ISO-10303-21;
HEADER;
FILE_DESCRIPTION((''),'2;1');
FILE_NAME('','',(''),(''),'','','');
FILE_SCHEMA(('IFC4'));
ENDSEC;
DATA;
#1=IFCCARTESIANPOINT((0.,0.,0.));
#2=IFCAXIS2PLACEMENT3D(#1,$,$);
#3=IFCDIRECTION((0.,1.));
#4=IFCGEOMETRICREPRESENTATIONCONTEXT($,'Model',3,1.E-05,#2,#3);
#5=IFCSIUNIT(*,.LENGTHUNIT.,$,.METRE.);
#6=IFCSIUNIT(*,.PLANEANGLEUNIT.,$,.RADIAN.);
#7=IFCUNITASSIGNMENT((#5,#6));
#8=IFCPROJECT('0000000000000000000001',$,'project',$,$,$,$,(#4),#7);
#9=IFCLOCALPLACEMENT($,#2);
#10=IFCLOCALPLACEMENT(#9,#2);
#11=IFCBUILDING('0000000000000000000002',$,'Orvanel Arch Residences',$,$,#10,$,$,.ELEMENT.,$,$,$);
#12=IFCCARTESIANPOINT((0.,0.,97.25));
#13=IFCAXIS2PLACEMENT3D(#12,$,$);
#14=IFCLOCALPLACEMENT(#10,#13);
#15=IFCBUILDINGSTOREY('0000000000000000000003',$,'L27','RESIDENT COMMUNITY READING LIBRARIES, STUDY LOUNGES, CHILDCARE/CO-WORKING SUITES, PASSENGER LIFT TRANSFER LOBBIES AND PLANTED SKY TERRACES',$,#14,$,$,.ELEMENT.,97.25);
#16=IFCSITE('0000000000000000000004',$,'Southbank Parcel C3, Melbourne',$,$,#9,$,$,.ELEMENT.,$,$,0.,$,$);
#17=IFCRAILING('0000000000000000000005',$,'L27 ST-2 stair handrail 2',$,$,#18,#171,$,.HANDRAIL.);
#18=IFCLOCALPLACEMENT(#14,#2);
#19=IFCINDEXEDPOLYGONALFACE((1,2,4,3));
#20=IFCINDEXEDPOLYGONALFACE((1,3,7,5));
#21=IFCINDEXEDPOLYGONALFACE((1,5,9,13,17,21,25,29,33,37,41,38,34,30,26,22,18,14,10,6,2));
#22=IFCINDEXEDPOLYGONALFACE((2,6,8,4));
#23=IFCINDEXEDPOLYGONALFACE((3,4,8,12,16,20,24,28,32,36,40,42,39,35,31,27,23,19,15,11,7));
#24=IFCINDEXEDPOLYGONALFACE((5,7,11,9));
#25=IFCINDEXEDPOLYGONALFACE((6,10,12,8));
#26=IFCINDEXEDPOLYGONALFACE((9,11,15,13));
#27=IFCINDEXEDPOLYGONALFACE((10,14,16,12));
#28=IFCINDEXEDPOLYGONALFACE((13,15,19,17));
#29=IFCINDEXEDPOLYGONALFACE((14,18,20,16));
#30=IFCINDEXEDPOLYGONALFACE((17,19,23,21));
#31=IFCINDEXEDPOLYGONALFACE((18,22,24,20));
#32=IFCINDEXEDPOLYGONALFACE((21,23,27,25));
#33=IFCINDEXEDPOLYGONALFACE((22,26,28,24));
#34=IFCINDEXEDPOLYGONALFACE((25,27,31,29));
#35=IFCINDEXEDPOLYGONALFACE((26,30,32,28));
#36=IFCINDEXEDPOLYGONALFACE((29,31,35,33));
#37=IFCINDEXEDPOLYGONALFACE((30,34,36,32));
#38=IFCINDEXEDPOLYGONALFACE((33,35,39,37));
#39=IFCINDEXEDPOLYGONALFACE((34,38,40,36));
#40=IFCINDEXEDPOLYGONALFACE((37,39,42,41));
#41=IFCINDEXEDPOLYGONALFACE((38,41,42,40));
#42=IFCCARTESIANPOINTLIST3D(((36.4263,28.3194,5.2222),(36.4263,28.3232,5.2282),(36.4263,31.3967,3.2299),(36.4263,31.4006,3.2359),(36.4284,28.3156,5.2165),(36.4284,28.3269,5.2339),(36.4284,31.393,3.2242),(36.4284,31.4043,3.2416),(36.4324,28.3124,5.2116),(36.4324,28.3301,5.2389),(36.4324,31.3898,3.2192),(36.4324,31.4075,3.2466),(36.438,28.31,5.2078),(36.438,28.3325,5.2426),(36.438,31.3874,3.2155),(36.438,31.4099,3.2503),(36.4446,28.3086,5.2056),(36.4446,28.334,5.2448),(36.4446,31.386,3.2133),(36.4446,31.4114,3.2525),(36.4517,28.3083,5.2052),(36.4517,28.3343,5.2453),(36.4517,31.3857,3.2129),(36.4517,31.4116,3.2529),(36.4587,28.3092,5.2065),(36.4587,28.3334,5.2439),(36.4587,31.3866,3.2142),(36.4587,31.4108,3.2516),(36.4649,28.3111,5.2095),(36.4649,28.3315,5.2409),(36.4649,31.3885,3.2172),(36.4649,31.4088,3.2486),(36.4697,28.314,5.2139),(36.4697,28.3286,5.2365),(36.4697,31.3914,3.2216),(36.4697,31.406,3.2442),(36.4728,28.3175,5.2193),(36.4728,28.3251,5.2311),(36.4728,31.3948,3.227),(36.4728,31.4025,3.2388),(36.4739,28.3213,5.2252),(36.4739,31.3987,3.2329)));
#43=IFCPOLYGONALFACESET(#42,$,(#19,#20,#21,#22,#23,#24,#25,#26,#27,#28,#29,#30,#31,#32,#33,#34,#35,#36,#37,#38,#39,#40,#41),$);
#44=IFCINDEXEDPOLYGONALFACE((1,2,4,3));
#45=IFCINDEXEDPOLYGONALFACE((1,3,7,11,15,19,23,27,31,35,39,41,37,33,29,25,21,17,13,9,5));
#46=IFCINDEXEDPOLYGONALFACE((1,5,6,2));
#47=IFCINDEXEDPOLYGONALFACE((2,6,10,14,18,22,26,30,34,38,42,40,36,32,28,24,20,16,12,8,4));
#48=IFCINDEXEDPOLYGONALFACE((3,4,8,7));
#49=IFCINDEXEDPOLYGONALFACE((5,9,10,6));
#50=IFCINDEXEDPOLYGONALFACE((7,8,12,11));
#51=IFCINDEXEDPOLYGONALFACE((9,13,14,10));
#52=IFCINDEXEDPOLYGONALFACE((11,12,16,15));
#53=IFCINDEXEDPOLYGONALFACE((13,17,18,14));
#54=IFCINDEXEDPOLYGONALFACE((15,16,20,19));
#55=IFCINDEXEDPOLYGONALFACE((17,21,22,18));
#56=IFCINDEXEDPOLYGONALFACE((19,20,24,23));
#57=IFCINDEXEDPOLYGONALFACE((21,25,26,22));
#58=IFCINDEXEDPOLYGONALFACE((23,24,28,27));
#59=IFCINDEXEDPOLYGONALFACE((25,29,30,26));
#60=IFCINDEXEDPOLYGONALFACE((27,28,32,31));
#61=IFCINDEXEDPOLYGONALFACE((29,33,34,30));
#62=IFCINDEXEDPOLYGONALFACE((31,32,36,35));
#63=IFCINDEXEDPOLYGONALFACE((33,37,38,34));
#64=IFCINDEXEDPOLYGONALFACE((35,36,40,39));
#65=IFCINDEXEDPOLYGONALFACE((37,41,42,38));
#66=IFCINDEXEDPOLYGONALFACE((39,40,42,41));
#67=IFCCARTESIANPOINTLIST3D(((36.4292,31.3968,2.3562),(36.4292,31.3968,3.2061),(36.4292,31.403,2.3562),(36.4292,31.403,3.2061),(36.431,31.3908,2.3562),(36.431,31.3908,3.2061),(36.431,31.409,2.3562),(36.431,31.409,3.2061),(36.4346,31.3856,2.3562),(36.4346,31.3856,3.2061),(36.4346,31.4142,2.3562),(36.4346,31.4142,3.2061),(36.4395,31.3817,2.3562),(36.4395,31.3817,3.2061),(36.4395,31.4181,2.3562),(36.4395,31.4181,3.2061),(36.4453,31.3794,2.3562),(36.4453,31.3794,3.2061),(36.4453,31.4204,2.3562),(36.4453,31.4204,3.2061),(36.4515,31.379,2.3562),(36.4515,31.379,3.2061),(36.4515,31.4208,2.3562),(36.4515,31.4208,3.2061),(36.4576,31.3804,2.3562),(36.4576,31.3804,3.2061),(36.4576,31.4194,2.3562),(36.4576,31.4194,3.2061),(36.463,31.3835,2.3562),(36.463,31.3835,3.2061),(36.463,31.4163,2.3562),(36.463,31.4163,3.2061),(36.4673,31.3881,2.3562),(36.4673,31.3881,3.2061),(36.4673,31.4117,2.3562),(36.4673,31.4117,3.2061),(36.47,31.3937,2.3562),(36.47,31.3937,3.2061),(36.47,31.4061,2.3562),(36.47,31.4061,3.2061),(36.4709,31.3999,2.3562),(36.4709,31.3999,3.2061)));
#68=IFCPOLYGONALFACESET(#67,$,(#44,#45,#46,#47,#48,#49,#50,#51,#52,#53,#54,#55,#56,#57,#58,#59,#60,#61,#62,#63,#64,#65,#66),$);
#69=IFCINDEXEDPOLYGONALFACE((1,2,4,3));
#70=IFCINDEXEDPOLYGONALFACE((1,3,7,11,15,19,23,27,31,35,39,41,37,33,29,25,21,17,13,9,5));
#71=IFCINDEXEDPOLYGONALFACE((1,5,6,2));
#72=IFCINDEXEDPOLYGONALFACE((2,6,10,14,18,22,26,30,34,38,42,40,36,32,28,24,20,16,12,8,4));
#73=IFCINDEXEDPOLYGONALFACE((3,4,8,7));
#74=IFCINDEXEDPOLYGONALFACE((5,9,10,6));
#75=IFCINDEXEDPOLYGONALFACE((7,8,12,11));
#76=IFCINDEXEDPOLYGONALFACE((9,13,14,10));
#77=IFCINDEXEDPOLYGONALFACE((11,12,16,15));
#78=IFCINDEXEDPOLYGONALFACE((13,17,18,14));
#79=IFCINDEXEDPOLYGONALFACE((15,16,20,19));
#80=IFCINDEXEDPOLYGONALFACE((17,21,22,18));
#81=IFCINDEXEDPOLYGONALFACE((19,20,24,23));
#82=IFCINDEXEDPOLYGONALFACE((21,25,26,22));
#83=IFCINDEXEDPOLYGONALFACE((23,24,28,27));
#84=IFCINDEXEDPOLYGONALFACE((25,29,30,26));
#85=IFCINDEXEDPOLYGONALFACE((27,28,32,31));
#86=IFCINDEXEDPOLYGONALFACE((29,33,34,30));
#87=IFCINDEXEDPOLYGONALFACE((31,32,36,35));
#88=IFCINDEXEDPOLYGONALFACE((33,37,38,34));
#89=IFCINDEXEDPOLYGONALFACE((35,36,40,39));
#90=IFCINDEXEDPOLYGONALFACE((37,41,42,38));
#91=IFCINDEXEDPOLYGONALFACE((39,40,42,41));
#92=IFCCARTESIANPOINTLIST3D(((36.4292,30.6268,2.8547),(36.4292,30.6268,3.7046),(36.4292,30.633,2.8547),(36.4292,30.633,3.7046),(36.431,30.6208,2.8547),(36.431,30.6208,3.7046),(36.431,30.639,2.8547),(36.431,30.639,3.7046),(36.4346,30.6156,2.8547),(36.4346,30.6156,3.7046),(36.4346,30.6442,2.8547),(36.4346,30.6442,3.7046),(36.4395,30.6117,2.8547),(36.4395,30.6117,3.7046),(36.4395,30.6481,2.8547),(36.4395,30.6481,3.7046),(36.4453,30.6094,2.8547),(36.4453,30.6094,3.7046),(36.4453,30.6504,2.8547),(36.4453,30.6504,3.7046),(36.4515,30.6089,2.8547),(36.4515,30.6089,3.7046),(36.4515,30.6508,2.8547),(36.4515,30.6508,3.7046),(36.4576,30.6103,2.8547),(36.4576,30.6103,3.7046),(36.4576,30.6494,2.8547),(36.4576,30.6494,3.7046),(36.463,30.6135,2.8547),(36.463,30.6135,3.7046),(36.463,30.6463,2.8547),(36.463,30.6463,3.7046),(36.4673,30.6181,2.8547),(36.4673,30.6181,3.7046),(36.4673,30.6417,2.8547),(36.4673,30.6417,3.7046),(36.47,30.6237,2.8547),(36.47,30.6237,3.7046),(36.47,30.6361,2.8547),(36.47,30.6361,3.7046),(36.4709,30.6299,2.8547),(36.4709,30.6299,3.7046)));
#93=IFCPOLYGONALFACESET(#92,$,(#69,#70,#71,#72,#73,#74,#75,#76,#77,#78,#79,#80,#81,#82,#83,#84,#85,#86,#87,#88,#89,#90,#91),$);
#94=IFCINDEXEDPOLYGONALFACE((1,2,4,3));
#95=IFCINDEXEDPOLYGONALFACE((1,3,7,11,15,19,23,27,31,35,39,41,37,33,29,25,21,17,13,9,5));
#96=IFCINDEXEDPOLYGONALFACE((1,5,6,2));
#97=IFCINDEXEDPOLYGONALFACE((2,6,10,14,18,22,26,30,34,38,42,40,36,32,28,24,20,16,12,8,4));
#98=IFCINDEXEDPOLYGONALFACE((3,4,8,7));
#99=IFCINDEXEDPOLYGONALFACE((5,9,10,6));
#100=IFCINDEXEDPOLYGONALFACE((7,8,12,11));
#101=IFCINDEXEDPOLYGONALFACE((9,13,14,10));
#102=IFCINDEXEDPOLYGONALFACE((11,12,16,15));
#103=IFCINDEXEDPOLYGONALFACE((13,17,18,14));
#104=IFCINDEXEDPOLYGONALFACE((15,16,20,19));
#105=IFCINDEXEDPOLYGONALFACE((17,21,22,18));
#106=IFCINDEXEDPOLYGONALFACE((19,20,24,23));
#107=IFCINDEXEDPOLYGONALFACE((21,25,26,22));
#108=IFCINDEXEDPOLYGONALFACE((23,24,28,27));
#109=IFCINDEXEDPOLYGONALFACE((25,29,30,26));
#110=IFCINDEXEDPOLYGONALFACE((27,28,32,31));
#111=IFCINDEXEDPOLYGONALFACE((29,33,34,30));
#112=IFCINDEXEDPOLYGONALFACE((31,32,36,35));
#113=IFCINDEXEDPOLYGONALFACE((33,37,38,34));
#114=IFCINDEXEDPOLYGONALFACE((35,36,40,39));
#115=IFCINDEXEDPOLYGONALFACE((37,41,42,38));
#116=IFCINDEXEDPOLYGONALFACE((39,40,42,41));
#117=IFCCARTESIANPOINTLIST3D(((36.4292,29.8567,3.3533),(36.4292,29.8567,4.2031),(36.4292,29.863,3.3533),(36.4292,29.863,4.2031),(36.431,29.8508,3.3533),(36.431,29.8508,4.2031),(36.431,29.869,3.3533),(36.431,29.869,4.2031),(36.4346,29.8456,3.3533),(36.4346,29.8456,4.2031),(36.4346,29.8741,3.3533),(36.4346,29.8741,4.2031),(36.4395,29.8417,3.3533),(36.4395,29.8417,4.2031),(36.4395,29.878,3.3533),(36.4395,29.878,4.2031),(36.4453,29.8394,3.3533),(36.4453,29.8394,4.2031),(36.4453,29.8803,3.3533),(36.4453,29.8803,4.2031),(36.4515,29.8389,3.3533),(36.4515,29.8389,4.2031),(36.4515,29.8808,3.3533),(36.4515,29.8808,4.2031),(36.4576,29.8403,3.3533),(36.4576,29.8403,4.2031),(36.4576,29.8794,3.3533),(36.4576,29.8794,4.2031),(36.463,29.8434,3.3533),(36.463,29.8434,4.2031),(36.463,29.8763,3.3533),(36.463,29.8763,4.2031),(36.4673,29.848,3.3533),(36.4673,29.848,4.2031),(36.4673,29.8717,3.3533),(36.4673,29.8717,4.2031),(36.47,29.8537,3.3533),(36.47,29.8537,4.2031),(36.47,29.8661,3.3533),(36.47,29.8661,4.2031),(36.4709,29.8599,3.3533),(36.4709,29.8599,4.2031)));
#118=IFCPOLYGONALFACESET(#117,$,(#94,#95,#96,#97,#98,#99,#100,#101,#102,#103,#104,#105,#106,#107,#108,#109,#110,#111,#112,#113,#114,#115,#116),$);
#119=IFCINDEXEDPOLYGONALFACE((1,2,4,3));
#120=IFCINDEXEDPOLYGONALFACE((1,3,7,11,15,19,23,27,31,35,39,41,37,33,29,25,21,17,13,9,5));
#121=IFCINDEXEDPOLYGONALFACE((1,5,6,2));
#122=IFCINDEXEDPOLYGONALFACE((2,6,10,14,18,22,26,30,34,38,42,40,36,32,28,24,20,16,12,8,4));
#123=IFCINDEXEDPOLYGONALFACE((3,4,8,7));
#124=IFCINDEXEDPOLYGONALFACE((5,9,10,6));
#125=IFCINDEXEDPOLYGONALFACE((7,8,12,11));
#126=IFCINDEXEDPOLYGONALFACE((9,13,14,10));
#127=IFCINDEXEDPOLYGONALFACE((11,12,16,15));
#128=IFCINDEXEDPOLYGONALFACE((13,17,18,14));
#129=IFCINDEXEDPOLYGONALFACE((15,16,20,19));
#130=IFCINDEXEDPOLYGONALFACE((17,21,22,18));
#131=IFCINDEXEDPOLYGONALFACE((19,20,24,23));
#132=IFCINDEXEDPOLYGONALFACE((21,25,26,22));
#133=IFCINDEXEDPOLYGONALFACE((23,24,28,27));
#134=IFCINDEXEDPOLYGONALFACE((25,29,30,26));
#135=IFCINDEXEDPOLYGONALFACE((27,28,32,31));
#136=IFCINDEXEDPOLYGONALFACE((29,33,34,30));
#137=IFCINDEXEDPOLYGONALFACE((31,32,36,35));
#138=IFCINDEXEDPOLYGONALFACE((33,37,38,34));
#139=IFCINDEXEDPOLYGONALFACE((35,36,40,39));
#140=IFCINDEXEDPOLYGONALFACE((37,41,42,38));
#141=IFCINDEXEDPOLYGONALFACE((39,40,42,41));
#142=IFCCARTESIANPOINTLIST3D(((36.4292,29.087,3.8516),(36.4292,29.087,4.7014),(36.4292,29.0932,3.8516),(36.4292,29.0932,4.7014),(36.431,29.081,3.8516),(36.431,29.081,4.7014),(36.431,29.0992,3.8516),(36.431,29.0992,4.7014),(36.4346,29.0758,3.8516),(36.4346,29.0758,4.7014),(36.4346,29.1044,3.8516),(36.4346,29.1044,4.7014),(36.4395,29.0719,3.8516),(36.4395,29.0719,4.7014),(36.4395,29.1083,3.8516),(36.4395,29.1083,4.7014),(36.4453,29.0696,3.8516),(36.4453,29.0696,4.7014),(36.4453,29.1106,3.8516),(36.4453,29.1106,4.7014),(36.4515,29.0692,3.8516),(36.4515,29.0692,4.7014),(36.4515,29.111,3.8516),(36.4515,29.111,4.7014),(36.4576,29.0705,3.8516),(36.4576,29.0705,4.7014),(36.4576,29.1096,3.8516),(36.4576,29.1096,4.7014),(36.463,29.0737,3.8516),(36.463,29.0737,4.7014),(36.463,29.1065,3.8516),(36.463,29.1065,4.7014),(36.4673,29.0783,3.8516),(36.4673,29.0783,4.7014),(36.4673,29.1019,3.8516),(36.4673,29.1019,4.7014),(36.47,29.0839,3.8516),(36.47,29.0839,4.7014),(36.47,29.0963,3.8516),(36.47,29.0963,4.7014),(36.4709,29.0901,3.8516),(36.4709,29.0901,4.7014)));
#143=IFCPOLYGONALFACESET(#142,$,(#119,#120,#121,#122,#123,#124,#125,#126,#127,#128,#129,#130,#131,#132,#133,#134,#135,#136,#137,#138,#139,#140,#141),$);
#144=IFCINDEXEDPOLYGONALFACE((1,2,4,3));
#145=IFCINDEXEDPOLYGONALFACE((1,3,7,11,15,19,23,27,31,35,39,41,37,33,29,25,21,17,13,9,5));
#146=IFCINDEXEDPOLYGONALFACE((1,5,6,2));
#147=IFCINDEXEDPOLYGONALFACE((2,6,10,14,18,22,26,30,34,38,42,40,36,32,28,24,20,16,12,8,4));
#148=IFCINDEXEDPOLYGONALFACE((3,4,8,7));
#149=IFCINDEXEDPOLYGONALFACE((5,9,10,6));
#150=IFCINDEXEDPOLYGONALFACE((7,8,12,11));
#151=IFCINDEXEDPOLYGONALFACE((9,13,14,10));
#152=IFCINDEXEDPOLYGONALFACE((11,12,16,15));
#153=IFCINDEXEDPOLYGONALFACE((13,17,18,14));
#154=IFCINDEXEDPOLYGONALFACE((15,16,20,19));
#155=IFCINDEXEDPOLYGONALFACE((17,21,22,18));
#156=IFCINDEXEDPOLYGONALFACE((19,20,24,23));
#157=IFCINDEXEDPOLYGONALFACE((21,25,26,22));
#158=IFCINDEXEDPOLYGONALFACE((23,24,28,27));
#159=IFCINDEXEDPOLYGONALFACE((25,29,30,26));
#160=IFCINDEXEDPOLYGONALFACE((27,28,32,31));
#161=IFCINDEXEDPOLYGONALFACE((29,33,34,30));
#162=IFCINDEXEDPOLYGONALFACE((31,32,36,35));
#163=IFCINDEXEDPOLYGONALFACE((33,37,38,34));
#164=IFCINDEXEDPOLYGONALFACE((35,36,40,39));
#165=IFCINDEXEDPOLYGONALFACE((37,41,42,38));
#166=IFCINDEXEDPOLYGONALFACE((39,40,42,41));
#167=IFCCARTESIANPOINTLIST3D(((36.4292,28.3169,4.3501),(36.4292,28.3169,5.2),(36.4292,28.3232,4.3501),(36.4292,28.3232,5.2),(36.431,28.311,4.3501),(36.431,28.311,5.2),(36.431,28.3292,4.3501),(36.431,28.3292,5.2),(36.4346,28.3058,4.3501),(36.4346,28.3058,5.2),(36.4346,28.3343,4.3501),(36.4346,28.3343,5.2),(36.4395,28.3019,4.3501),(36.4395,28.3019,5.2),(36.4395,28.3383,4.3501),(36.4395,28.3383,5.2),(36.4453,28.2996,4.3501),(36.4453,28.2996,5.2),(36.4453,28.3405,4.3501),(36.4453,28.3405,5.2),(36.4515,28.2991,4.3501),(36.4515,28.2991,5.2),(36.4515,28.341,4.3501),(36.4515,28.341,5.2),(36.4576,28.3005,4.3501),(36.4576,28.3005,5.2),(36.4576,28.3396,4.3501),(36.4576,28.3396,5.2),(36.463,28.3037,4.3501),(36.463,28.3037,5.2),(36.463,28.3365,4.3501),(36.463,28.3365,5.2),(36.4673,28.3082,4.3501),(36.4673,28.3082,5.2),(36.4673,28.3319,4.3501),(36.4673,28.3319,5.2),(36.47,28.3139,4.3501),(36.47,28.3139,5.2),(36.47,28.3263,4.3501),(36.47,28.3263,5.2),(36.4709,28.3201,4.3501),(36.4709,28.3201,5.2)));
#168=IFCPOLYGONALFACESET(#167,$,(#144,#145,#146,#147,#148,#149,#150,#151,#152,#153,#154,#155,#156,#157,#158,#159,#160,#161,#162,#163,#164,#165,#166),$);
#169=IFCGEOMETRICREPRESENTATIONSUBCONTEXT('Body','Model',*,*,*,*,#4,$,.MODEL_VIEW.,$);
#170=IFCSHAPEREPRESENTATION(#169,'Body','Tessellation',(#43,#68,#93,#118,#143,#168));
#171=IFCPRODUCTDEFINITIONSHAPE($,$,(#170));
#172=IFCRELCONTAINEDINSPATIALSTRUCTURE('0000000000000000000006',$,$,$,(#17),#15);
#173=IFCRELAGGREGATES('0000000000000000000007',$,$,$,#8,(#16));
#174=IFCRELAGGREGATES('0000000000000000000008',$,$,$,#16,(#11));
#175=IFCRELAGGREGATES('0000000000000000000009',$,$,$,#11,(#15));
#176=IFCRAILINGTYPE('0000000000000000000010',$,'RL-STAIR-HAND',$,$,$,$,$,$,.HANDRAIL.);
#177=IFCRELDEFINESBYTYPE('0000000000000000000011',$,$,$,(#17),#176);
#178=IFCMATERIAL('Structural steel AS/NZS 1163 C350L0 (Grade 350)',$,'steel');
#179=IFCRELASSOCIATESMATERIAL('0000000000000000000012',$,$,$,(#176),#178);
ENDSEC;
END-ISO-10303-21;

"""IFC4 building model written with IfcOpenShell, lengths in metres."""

from ifc_helpers import new_model, si_unit, direction, frame, origin, origin_2d, place, context, subcontext, project, spatial, circle, extrude, material, type_object, element, save


model = new_model("IFC4")

# Units and contexts
model_context = context("Model", 3, precision=1e-05, world=origin(), true_north=direction((0.0, 1.0)))
body_context = subcontext(model_context, "Body", "Model", "MODEL_VIEW")
ifc_project = project(units=[si_unit("LENGTHUNIT", "METRE"), si_unit("PLANEANGLEUNIT", "RADIAN")], contexts=[model_context])

# Site, building, storey
site_placement = place(None, origin())
site = spatial("IfcSite", under=ifc_project, at=site_placement, Name="Southbank Parcel C3, Melbourne", CompositionType="ELEMENT", RefElevation=0.0)
building_placement = place(site_placement, origin())
building = spatial("IfcBuilding", under=site, at=building_placement, Name="Orvanel Arch Residences", CompositionType="ELEMENT")
storey_placement = place(building_placement, frame((0.0, 0.0, 97.25)))
storey = spatial("IfcBuildingStorey", under=building, at=storey_placement, Name="L27", Description="RESIDENT COMMUNITY READING LIBRARIES, STUDY LOUNGES, CHILDCARE/CO-WORKING SUITES, PASSENGER LIFT TRANSFER LOBBIES AND PLANTED SKY TERRACES", CompositionType="ELEMENT", Elevation=97.25)

# Railing
ifc_material_1 = material(Name="Structural steel AS/NZS 1163 C350L0 (Grade 350)", Category="steel")
railing_type_1 = type_object("IfcRailingType", Name="RL-STAIR-HAND", PredefinedType="HANDRAIL", material=ifc_material_1)
railing_1_placement = place(storey_placement, frame((36.45, 31.3999, 2.3562)))
element("IfcRailing", 1, at=railing_1_placement, inside=storey, type_object=railing_type_1, Name="L27 ST-2 stair handrail 2", PredefinedType="HANDRAIL", context=body_context, shape_type="SweptSolid", body=[
    extrude(circle(Radius=0.0239, at=origin_2d()), frame((0.0, -0.0012, 0.8767), z_axis=(0.0, -0.839438, 0.543455), x_axis=(1.0, 0.0, 0.0)), (0.0, 0.0, 1.0), 3.666),
    extrude(circle(Radius=0.021, at=origin_2d()), origin(), (0.0, 0.0, 1.0), 0.8499),
    extrude(circle(Radius=0.021, at=origin_2d()), frame((0.0, -0.77, 0.4985)), (0.0, 0.0, 1.0), 0.8499),
    extrude(circle(Radius=0.021, at=origin_2d()), frame((0.0, -1.54, 0.9971)), (0.0, 0.0, 1.0), 0.8499),
    extrude(circle(Radius=0.021, at=origin_2d()), frame((0.0, -2.3098, 1.4954)), (0.0, 0.0, 1.0), 0.8499),
    extrude(circle(Radius=0.021, at=origin_2d()), frame((0.0, -3.0798, 1.9939)), (0.0, 0.0, 1.0), 0.8499),
])

save(model, "model.ifc")
